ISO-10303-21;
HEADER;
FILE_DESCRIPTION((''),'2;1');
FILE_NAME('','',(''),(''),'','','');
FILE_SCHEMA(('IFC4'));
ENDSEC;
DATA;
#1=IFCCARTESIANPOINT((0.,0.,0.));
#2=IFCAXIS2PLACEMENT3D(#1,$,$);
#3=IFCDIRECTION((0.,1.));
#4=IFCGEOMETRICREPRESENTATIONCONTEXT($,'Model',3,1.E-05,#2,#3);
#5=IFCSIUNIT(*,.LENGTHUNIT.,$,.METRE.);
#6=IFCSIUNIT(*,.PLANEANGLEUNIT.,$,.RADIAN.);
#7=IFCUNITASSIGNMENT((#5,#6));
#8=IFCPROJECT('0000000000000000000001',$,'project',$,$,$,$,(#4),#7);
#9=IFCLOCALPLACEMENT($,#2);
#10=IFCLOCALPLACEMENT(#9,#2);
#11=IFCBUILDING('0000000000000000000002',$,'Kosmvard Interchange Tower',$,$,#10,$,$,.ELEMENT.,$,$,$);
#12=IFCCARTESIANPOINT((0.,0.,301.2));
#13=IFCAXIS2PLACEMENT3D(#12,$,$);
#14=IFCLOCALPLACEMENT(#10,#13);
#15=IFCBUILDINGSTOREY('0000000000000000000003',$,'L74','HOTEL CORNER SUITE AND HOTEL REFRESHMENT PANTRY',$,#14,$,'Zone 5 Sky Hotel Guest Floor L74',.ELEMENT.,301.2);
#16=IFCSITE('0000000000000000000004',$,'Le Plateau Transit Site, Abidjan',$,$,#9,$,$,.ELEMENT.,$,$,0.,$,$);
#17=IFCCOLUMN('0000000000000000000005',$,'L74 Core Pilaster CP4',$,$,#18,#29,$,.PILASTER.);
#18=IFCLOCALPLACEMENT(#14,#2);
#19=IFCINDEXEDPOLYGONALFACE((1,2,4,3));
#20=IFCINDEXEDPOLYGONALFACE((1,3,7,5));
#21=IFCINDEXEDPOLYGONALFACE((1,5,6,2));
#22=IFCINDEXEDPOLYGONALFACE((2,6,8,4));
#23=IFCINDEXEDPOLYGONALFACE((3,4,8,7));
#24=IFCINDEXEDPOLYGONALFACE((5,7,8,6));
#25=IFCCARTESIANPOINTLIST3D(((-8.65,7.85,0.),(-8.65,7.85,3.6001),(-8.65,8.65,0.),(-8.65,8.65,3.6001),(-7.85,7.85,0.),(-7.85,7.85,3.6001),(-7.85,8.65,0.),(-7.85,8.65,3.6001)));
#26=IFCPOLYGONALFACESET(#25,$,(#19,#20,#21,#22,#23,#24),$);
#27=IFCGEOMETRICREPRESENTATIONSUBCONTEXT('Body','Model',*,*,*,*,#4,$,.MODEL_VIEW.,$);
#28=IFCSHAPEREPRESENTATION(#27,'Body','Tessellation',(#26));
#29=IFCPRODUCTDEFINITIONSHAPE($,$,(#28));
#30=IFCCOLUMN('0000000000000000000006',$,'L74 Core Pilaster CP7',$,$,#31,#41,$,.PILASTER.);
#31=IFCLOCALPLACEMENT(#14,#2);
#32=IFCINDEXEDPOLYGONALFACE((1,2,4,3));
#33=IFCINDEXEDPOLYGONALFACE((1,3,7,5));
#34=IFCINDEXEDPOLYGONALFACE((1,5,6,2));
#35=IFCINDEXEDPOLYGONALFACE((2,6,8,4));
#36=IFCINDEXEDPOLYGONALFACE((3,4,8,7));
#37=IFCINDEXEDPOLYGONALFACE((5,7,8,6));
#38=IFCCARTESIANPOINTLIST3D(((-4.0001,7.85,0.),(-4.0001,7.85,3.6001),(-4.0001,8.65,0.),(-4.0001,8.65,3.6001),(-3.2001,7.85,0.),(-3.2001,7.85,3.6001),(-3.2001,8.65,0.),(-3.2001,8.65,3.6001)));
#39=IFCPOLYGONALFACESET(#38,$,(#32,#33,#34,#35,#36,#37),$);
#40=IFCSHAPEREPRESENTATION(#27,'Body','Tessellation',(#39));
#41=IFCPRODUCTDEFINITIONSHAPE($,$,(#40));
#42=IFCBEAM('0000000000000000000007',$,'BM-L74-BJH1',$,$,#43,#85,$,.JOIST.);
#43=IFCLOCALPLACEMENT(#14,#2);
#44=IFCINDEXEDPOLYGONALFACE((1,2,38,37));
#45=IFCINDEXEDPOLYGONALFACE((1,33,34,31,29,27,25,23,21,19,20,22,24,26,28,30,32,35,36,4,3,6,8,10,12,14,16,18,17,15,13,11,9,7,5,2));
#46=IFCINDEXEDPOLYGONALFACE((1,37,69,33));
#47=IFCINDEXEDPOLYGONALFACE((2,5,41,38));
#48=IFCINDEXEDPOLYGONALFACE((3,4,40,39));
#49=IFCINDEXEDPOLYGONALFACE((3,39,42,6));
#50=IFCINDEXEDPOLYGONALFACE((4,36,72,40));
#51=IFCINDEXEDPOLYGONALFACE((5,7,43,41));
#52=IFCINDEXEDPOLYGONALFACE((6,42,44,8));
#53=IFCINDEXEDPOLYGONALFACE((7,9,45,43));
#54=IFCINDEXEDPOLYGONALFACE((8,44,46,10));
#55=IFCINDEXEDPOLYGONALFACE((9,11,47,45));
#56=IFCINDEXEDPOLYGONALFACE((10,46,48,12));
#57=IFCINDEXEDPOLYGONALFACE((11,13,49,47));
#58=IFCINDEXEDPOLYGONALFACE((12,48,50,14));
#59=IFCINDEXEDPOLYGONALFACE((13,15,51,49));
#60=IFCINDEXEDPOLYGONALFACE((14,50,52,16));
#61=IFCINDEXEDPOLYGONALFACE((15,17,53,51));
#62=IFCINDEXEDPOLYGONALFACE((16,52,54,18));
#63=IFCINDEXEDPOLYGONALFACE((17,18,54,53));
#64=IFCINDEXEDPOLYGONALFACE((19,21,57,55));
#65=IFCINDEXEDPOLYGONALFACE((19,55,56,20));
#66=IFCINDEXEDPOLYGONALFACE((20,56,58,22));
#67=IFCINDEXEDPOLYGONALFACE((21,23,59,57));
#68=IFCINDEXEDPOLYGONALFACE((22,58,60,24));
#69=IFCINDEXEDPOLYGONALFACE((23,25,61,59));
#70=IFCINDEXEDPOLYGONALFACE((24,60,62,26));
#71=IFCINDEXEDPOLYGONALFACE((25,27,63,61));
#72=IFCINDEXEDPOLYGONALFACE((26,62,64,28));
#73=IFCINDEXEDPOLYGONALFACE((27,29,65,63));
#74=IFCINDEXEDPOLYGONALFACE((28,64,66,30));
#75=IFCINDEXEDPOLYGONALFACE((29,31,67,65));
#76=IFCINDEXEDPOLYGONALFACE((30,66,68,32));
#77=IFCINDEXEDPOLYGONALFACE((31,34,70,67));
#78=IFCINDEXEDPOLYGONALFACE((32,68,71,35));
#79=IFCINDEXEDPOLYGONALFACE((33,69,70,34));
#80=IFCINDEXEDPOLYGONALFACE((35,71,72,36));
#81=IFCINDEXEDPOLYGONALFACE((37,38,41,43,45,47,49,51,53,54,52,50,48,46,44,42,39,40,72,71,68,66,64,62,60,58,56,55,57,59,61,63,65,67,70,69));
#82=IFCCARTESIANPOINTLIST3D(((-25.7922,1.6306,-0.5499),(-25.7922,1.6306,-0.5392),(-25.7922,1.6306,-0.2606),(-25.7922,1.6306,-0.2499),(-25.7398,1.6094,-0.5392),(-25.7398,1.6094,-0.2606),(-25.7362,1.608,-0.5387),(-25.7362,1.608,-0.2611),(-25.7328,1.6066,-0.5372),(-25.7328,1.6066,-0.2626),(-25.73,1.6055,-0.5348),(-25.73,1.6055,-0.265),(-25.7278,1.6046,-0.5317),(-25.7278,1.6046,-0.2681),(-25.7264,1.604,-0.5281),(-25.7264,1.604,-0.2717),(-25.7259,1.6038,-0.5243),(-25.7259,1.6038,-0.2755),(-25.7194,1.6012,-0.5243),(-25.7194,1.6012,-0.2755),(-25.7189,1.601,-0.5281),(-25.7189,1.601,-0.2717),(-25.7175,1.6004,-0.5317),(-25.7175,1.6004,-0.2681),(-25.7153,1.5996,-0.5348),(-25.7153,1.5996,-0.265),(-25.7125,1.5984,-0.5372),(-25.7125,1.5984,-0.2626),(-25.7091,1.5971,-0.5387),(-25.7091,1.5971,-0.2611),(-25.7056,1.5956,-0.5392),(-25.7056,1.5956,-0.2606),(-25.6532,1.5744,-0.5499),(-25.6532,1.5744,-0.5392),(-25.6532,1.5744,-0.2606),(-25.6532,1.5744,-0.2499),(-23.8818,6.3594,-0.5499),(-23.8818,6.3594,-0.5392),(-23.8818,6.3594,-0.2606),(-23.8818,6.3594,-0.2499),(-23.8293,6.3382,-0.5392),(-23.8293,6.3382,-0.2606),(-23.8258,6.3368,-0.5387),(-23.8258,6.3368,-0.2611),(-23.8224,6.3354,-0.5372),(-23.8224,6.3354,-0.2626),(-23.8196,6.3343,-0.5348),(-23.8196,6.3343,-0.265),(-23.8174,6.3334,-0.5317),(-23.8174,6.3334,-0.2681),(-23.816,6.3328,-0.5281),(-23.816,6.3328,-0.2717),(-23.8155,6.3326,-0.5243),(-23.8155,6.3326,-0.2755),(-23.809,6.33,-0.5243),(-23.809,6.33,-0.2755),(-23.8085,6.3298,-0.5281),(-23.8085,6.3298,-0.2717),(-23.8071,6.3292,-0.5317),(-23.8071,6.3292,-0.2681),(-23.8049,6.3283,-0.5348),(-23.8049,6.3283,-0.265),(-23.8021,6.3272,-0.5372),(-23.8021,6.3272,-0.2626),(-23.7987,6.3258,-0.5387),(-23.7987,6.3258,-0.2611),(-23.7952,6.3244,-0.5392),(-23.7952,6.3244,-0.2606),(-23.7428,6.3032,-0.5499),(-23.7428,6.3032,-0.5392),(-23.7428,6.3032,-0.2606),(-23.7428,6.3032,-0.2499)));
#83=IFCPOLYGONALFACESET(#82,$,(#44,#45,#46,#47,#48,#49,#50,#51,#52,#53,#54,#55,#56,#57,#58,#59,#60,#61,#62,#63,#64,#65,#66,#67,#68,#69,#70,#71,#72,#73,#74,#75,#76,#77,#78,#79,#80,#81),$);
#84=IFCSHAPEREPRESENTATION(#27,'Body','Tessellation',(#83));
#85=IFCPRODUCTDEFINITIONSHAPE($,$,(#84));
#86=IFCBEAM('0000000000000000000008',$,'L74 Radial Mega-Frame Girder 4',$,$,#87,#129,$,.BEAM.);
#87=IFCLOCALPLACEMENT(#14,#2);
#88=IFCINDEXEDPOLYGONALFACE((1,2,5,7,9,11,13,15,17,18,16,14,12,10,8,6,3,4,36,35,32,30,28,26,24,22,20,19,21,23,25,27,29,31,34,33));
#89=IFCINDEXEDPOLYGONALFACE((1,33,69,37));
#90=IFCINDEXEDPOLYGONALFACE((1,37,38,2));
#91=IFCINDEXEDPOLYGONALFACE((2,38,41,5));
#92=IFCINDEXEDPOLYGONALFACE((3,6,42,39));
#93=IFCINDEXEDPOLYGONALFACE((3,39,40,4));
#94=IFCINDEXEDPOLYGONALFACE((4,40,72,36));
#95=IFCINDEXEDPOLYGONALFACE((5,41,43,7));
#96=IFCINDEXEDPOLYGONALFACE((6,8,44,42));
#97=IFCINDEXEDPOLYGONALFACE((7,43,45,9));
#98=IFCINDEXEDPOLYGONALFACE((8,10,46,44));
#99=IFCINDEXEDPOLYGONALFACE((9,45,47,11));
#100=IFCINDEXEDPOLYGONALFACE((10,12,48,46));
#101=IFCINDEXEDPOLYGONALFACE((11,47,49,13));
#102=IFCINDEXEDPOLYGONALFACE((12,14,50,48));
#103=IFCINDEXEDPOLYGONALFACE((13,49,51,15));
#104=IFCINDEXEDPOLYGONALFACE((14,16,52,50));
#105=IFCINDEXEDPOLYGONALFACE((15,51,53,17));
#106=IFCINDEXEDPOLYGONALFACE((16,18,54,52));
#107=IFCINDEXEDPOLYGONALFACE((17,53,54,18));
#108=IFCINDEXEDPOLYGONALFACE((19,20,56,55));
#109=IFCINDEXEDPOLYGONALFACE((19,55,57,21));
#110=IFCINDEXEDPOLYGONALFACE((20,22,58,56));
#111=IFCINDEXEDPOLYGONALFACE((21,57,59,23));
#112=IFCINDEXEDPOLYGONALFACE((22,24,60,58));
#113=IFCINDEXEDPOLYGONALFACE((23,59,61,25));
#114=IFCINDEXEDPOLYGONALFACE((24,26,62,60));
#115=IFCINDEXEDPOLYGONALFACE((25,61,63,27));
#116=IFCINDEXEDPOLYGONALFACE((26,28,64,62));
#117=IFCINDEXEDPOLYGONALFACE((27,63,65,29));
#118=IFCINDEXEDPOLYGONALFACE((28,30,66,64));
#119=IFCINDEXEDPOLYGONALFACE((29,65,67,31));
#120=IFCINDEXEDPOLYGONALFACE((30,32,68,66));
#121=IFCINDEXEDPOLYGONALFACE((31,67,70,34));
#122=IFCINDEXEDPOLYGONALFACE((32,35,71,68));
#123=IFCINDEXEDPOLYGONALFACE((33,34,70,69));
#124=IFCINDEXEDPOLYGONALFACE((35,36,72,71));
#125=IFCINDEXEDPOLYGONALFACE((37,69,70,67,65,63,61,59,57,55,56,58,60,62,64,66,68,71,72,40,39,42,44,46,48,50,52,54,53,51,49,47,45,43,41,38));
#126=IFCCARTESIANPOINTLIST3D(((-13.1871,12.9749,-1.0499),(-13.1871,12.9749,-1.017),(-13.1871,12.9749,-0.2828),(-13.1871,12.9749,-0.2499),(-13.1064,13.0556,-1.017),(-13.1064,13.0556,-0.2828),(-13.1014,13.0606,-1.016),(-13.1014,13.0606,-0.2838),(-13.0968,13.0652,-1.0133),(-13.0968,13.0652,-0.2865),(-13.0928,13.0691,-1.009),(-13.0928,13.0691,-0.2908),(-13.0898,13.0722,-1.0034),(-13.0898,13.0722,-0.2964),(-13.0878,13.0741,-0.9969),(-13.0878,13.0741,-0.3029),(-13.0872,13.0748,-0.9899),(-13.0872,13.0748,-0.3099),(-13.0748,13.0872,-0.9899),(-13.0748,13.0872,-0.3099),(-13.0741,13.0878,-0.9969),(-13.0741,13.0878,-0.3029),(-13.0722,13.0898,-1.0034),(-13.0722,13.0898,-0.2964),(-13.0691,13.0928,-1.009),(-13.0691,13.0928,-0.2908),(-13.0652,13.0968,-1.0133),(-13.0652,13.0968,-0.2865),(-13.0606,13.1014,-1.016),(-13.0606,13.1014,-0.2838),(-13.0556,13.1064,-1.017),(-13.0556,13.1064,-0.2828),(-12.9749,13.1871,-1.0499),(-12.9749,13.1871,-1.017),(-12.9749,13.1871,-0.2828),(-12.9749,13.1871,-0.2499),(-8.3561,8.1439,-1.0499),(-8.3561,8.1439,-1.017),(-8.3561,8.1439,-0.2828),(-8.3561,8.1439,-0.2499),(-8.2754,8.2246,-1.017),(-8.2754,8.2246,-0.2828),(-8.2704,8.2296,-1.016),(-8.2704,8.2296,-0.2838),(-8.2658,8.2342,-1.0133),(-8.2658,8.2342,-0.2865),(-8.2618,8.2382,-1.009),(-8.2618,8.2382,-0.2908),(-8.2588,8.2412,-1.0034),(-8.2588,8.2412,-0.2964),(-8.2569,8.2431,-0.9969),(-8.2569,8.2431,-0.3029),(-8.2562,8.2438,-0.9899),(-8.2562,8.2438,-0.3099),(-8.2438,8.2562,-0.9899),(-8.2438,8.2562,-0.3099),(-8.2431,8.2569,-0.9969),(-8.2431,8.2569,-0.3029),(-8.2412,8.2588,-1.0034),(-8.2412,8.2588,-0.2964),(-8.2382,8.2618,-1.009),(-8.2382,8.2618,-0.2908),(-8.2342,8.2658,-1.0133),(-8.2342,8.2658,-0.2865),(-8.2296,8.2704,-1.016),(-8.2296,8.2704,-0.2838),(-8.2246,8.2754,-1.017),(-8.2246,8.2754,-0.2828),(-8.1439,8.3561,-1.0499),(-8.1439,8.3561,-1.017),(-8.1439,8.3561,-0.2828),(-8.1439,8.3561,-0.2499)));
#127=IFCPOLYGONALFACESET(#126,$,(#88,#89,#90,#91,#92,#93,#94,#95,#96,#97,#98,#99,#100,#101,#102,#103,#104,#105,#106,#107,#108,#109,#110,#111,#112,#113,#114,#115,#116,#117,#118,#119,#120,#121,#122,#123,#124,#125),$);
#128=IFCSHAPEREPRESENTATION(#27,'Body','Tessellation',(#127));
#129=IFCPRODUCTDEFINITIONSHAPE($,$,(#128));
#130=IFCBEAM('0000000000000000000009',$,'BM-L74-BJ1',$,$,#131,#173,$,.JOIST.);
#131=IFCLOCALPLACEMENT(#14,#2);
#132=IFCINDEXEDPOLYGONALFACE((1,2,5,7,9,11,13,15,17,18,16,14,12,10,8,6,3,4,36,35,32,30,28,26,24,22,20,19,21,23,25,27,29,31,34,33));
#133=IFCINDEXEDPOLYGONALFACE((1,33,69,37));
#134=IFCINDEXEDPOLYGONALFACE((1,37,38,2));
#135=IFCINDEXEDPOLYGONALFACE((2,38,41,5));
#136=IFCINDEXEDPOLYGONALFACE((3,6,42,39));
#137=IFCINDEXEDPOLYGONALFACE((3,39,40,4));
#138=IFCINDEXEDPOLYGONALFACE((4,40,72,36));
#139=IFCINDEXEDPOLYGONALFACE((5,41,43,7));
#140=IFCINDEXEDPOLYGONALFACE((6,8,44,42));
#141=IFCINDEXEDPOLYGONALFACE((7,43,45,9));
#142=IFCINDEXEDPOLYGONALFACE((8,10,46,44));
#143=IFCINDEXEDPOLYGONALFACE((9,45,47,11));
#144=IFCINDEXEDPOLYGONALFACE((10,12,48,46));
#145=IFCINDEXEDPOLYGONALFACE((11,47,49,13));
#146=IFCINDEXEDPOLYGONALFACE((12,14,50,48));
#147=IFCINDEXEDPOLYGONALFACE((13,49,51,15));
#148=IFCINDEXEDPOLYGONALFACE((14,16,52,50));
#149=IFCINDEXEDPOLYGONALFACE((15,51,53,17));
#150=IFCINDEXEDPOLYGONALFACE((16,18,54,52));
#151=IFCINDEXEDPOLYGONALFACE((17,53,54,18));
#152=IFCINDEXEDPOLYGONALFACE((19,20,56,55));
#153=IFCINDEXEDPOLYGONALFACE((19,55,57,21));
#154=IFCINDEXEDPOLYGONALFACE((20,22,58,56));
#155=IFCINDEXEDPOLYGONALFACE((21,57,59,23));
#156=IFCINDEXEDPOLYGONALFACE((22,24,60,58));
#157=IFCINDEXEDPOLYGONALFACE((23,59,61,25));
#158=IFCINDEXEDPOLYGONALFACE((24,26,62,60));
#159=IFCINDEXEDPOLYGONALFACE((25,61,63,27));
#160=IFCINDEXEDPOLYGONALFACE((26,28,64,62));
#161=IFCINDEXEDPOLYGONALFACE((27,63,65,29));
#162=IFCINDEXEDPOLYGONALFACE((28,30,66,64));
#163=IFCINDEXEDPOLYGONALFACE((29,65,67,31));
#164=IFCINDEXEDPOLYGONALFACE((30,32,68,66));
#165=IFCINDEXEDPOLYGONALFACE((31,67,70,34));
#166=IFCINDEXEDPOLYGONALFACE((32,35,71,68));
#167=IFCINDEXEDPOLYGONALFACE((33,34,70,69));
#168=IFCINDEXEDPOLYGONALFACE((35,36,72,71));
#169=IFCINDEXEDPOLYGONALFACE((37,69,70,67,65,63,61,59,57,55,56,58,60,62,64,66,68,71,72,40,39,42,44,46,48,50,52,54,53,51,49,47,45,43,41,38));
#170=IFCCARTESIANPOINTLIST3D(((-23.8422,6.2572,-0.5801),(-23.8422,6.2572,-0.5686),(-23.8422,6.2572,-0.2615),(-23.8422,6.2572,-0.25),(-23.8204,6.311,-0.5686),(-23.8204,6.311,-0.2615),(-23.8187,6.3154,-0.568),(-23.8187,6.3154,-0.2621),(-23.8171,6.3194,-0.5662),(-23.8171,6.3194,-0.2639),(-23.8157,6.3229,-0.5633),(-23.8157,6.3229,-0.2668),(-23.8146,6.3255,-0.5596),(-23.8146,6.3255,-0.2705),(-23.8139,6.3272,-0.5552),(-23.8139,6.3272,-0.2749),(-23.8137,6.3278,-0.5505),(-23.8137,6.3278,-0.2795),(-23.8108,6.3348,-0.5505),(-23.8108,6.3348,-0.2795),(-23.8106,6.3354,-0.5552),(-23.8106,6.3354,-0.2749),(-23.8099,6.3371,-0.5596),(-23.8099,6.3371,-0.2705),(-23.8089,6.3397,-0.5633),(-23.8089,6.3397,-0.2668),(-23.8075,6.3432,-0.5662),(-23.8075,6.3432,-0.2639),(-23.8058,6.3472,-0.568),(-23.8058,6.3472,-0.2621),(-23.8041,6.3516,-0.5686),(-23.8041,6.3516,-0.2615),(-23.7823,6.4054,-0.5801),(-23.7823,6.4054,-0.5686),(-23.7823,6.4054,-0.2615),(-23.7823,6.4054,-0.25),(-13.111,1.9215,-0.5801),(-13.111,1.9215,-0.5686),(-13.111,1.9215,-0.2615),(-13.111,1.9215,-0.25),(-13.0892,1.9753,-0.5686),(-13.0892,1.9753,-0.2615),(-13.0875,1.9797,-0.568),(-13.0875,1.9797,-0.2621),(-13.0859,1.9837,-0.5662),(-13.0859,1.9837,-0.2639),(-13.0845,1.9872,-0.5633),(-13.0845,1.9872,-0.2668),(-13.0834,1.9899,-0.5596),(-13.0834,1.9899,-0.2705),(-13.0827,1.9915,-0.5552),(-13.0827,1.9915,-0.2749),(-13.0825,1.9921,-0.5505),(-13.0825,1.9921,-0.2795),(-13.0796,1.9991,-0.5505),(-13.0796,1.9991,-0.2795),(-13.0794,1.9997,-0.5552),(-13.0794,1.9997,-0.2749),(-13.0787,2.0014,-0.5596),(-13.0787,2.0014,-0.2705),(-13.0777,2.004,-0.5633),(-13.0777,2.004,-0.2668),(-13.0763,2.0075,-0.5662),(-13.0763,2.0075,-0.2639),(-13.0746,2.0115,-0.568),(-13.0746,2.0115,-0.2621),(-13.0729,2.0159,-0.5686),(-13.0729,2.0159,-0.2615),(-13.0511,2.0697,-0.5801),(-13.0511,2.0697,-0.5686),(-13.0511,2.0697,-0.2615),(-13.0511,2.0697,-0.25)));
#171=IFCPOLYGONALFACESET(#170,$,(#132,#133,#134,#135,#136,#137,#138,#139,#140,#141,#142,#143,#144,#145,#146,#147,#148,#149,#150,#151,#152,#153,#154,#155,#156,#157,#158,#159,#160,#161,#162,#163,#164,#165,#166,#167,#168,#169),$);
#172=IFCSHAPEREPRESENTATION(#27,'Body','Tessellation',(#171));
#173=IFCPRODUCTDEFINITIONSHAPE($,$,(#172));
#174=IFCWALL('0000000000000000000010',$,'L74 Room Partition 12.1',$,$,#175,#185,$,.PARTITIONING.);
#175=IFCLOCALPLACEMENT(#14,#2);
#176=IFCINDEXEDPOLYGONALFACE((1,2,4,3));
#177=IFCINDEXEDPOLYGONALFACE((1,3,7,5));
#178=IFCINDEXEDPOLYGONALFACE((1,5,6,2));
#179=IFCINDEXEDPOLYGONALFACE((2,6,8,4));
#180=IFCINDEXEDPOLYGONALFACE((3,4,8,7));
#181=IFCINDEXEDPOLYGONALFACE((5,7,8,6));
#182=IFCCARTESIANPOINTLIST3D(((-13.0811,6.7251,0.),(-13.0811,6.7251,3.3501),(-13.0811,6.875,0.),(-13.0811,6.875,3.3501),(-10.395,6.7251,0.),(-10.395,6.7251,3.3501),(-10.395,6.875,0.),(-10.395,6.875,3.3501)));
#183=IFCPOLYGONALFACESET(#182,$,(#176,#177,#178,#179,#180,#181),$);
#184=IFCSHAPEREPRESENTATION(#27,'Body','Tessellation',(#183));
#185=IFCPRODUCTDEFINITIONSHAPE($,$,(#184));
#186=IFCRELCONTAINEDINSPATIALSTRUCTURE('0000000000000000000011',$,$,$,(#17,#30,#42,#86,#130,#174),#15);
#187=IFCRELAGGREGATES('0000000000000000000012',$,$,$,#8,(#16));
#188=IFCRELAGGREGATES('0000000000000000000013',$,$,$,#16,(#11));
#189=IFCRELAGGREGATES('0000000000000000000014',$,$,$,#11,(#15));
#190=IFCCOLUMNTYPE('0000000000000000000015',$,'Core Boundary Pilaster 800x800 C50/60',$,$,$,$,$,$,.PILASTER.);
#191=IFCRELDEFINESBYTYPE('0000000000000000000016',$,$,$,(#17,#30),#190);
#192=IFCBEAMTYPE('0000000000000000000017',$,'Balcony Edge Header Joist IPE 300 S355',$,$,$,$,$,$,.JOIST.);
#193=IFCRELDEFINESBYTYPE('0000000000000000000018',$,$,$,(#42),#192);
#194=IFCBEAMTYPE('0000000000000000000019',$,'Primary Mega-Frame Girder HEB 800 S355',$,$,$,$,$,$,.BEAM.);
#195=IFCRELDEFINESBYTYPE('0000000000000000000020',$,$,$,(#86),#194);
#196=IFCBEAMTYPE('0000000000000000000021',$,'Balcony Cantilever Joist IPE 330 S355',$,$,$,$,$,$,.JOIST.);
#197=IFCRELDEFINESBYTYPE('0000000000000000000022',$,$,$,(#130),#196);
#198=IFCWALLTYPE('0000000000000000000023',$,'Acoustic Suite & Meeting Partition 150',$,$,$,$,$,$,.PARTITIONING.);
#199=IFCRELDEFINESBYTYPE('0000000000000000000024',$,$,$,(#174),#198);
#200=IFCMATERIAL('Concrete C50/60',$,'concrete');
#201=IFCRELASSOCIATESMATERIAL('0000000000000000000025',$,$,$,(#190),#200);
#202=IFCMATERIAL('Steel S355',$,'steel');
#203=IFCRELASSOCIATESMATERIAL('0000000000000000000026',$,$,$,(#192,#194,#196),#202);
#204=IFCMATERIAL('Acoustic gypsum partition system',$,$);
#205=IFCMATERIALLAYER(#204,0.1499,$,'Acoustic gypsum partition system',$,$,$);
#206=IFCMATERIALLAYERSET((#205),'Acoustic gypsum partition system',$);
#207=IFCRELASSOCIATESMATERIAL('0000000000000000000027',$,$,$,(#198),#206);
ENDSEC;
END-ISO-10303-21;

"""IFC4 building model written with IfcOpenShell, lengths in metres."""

from ifc_helpers import new_model, si_unit, direction, frame, frame_2d, origin, origin_2d, place, context, subcontext, project, spatial, rectangle, i_section, extrude, source, transform, mapped, material, layer, layer_set, material_profile, profile_set, type_object, element, save


model = new_model("IFC4")

# Units and contexts
model_context = context("Model", 3, precision=1e-05, world=origin(), true_north=direction((0.0, 1.0)))
body_context = subcontext(model_context, "Body", "Model", "MODEL_VIEW")
ifc_project = project(units=[si_unit("LENGTHUNIT", "METRE"), si_unit("PLANEANGLEUNIT", "RADIAN")], contexts=[model_context])

# Site, building, storey
site_placement = place(None, origin())
site = spatial("IfcSite", under=ifc_project, at=site_placement, Name="Le Plateau Transit Site, Abidjan", CompositionType="ELEMENT", RefElevation=0.0)
building_placement = place(site_placement, origin())
building = spatial("IfcBuilding", under=site, at=building_placement, Name="Kosmvard Interchange Tower", CompositionType="ELEMENT")
storey_placement = place(building_placement, frame((0.0, 0.0, 301.2)))
storey = spatial("IfcBuildingStorey", under=building, at=storey_placement, Name="L74", Description="HOTEL CORNER SUITE AND HOTEL REFRESHMENT PANTRY", LongName="Zone 5 Sky Hotel Guest Floor L74", CompositionType="ELEMENT", Elevation=301.2)

# Columns
ifc_material_1 = material(Name="Concrete C50/60", Category="concrete")
ifc_material_profile_1 = material_profile(ifc_material_1, rectangle(XDim=0.8, YDim=0.8, at=origin_2d()), Name="CP 800x800")
ifc_profile_set_1 = profile_set([ifc_material_profile_1], Name="Concrete C50/60")
column_type = type_object("IfcColumnType", Name="Core Boundary Pilaster 800x800 C50/60", PredefinedType="PILASTER", material=ifc_profile_set_1)
shared_shape_1 = source(origin(), body_context, "Body", "SweptSolid", [
    extrude(rectangle(XDim=0.8, YDim=0.8, at=origin_2d()), origin(), (0.0, 0.0, 1.0), 3.6001),
])
for number, where, z_axis, x_axis, name in (
    (1, (-8.25, 8.25, 0.0), (0.0, 0.0, 1.0), (1.0, 0.0, 0.0), "L74 Core Pilaster CP4"),
    (2, (-3.6001, 8.25, 0.0), (0.0, 0.0, 1.0), (1.0, 0.0, 0.0), "L74 Core Pilaster CP7"),
):
    element("IfcColumn", number, at=place(storey_placement, frame(where, z_axis=z_axis, x_axis=x_axis)), inside=storey, type_object=column_type, Name=name, PredefinedType="PILASTER", context=body_context, shape_type="MappedRepresentation", body=[
        mapped(shared_shape_1, transform((0.0, 0.0, 0.0), scale=1.0)),
    ])

# Beams
ifc_material_2 = material(Name="Steel S355", Category="steel")
ifc_material_profile_2 = material_profile(ifc_material_2, i_section(OverallWidth=0.1499, OverallDepth=0.3, WebThickness=0.0071, FlangeThickness=0.0107, FilletRadius=0.0149, at=origin_2d()), Name="IPE 300")
ifc_profile_set_2 = profile_set([ifc_material_profile_2], Name="Steel S355")
beam_type_1 = type_object("IfcBeamType", Name="Balcony Edge Header Joist IPE 300 S355", PredefinedType="JOIST", material=ifc_profile_set_2)
shared_shape_2 = source(origin(), body_context, "Body", "SweptSolid", [
    extrude(i_section(OverallWidth=0.1499, OverallDepth=0.3, WebThickness=0.0071, FlangeThickness=0.0107, FilletRadius=0.0149, at=origin_2d()), origin(), (0.0, 0.0, 1.0), 5.1001),
])
beam_1_placement = place(storey_placement, frame((-23.8123, 6.3313, -0.3999), z_axis=(-0.374583, -0.927194, 0.0), x_axis=(0.927194, -0.374583, 0.0)))
element("IfcBeam", 3, at=beam_1_placement, inside=storey, type_object=beam_type_1, Name="BM-L74-BJH1", PredefinedType="JOIST", context=body_context, shape_type="MappedRepresentation", body=[
    mapped(shared_shape_2, transform((0.0, 0.0, 0.0), scale=1.0)),
])
ifc_material_profile_3 = material_profile(ifc_material_2, i_section(OverallWidth=0.3, OverallDepth=0.8, WebThickness=0.0176, FlangeThickness=0.033, FilletRadius=0.0271, at=origin_2d()), Name="HEB 800")
ifc_profile_set_3 = profile_set([ifc_material_profile_3], Name="Steel S355")
beam_type_2 = type_object("IfcBeamType", Name="Primary Mega-Frame Girder HEB 800 S355", PredefinedType="BEAM", material=ifc_profile_set_3)
shared_shape_3 = source(origin(), body_context, "Body", "SweptSolid", [
    extrude(i_section(OverallWidth=0.3, OverallDepth=0.8, WebThickness=0.0176, FlangeThickness=0.033, FilletRadius=0.0271, at=origin_2d()), origin(), (0.0, 0.0, 1.0), 6.832),
])
beam_2_placement = place(storey_placement, frame((-8.25, 8.25, -0.6499), z_axis=(-0.707107, 0.707107, 0.0), x_axis=(-0.707107, -0.707107, 0.0)))
element("IfcBeam", 4, at=beam_2_placement, inside=storey, type_object=beam_type_2, Name="L74 Radial Mega-Frame Girder 4", PredefinedType="BEAM", context=body_context, shape_type="MappedRepresentation", body=[
    mapped(shared_shape_3, transform((0.0, 0.0, 0.0), scale=1.0)),
])
ifc_material_profile_4 = material_profile(ifc_material_2, i_section(OverallWidth=0.1599, OverallDepth=0.3301, WebThickness=0.0076, FlangeThickness=0.0115, FilletRadius=0.0181, at=origin_2d()), Name="IPE 330")
ifc_profile_set_4 = profile_set([ifc_material_profile_4], Name="Steel S355")
beam_type_3 = type_object("IfcBeamType", Name="Balcony Cantilever Joist IPE 330 S355", PredefinedType="JOIST", material=ifc_profile_set_4)
shared_shape_4 = source(origin(), body_context, "Body", "SweptSolid", [
    extrude(i_section(OverallWidth=0.1599, OverallDepth=0.3301, WebThickness=0.0076, FlangeThickness=0.0115, FilletRadius=0.0181, at=origin_2d()), origin(), (0.0, 0.0, 1.0), 11.574),
])
beam_3_placement = place(storey_placement, frame((-13.0811, 1.9956, -0.415), z_axis=(-0.927184, 0.374607, 0.0), x_axis=(-0.374607, -0.927184, 0.0)))
element("IfcBeam", 5, at=beam_3_placement, inside=storey, type_object=beam_type_3, Name="BM-L74-BJ1", PredefinedType="JOIST", context=body_context, shape_type="MappedRepresentation", body=[
    mapped(shared_shape_4, transform((0.0, 0.0, 0.0), scale=1.0)),
])

# Wall
ifc_material_3 = material(Name="Acoustic gypsum partition system")
ifc_layer_1 = layer(ifc_material_3, 0.1499, Name="Acoustic gypsum partition system")
ifc_layer_set_1 = layer_set([ifc_layer_1], Name="Acoustic gypsum partition system")
wall_type_1 = type_object("IfcWallType", Name="Acoustic Suite & Meeting Partition 150", PredefinedType="PARTITIONING", material=ifc_layer_set_1)
wall_1_placement = place(storey_placement, frame((-10.395, 6.8, 0.0), z_axis=(0.0, 0.0, 1.0), x_axis=(-1.0, 0.0, 0.0)))
element("IfcWall", 6, at=wall_1_placement, inside=storey, type_object=wall_type_1, Name="L74 Room Partition 12.1", PredefinedType="PARTITIONING", context=body_context, shape_type="SweptSolid", body=[
    extrude(rectangle(XDim=2.686, YDim=0.1499, at=frame_2d((1.343, 0.0))), origin(), (0.0, 0.0, 1.0), 3.3501),
])

save(model, "model.ifc")
